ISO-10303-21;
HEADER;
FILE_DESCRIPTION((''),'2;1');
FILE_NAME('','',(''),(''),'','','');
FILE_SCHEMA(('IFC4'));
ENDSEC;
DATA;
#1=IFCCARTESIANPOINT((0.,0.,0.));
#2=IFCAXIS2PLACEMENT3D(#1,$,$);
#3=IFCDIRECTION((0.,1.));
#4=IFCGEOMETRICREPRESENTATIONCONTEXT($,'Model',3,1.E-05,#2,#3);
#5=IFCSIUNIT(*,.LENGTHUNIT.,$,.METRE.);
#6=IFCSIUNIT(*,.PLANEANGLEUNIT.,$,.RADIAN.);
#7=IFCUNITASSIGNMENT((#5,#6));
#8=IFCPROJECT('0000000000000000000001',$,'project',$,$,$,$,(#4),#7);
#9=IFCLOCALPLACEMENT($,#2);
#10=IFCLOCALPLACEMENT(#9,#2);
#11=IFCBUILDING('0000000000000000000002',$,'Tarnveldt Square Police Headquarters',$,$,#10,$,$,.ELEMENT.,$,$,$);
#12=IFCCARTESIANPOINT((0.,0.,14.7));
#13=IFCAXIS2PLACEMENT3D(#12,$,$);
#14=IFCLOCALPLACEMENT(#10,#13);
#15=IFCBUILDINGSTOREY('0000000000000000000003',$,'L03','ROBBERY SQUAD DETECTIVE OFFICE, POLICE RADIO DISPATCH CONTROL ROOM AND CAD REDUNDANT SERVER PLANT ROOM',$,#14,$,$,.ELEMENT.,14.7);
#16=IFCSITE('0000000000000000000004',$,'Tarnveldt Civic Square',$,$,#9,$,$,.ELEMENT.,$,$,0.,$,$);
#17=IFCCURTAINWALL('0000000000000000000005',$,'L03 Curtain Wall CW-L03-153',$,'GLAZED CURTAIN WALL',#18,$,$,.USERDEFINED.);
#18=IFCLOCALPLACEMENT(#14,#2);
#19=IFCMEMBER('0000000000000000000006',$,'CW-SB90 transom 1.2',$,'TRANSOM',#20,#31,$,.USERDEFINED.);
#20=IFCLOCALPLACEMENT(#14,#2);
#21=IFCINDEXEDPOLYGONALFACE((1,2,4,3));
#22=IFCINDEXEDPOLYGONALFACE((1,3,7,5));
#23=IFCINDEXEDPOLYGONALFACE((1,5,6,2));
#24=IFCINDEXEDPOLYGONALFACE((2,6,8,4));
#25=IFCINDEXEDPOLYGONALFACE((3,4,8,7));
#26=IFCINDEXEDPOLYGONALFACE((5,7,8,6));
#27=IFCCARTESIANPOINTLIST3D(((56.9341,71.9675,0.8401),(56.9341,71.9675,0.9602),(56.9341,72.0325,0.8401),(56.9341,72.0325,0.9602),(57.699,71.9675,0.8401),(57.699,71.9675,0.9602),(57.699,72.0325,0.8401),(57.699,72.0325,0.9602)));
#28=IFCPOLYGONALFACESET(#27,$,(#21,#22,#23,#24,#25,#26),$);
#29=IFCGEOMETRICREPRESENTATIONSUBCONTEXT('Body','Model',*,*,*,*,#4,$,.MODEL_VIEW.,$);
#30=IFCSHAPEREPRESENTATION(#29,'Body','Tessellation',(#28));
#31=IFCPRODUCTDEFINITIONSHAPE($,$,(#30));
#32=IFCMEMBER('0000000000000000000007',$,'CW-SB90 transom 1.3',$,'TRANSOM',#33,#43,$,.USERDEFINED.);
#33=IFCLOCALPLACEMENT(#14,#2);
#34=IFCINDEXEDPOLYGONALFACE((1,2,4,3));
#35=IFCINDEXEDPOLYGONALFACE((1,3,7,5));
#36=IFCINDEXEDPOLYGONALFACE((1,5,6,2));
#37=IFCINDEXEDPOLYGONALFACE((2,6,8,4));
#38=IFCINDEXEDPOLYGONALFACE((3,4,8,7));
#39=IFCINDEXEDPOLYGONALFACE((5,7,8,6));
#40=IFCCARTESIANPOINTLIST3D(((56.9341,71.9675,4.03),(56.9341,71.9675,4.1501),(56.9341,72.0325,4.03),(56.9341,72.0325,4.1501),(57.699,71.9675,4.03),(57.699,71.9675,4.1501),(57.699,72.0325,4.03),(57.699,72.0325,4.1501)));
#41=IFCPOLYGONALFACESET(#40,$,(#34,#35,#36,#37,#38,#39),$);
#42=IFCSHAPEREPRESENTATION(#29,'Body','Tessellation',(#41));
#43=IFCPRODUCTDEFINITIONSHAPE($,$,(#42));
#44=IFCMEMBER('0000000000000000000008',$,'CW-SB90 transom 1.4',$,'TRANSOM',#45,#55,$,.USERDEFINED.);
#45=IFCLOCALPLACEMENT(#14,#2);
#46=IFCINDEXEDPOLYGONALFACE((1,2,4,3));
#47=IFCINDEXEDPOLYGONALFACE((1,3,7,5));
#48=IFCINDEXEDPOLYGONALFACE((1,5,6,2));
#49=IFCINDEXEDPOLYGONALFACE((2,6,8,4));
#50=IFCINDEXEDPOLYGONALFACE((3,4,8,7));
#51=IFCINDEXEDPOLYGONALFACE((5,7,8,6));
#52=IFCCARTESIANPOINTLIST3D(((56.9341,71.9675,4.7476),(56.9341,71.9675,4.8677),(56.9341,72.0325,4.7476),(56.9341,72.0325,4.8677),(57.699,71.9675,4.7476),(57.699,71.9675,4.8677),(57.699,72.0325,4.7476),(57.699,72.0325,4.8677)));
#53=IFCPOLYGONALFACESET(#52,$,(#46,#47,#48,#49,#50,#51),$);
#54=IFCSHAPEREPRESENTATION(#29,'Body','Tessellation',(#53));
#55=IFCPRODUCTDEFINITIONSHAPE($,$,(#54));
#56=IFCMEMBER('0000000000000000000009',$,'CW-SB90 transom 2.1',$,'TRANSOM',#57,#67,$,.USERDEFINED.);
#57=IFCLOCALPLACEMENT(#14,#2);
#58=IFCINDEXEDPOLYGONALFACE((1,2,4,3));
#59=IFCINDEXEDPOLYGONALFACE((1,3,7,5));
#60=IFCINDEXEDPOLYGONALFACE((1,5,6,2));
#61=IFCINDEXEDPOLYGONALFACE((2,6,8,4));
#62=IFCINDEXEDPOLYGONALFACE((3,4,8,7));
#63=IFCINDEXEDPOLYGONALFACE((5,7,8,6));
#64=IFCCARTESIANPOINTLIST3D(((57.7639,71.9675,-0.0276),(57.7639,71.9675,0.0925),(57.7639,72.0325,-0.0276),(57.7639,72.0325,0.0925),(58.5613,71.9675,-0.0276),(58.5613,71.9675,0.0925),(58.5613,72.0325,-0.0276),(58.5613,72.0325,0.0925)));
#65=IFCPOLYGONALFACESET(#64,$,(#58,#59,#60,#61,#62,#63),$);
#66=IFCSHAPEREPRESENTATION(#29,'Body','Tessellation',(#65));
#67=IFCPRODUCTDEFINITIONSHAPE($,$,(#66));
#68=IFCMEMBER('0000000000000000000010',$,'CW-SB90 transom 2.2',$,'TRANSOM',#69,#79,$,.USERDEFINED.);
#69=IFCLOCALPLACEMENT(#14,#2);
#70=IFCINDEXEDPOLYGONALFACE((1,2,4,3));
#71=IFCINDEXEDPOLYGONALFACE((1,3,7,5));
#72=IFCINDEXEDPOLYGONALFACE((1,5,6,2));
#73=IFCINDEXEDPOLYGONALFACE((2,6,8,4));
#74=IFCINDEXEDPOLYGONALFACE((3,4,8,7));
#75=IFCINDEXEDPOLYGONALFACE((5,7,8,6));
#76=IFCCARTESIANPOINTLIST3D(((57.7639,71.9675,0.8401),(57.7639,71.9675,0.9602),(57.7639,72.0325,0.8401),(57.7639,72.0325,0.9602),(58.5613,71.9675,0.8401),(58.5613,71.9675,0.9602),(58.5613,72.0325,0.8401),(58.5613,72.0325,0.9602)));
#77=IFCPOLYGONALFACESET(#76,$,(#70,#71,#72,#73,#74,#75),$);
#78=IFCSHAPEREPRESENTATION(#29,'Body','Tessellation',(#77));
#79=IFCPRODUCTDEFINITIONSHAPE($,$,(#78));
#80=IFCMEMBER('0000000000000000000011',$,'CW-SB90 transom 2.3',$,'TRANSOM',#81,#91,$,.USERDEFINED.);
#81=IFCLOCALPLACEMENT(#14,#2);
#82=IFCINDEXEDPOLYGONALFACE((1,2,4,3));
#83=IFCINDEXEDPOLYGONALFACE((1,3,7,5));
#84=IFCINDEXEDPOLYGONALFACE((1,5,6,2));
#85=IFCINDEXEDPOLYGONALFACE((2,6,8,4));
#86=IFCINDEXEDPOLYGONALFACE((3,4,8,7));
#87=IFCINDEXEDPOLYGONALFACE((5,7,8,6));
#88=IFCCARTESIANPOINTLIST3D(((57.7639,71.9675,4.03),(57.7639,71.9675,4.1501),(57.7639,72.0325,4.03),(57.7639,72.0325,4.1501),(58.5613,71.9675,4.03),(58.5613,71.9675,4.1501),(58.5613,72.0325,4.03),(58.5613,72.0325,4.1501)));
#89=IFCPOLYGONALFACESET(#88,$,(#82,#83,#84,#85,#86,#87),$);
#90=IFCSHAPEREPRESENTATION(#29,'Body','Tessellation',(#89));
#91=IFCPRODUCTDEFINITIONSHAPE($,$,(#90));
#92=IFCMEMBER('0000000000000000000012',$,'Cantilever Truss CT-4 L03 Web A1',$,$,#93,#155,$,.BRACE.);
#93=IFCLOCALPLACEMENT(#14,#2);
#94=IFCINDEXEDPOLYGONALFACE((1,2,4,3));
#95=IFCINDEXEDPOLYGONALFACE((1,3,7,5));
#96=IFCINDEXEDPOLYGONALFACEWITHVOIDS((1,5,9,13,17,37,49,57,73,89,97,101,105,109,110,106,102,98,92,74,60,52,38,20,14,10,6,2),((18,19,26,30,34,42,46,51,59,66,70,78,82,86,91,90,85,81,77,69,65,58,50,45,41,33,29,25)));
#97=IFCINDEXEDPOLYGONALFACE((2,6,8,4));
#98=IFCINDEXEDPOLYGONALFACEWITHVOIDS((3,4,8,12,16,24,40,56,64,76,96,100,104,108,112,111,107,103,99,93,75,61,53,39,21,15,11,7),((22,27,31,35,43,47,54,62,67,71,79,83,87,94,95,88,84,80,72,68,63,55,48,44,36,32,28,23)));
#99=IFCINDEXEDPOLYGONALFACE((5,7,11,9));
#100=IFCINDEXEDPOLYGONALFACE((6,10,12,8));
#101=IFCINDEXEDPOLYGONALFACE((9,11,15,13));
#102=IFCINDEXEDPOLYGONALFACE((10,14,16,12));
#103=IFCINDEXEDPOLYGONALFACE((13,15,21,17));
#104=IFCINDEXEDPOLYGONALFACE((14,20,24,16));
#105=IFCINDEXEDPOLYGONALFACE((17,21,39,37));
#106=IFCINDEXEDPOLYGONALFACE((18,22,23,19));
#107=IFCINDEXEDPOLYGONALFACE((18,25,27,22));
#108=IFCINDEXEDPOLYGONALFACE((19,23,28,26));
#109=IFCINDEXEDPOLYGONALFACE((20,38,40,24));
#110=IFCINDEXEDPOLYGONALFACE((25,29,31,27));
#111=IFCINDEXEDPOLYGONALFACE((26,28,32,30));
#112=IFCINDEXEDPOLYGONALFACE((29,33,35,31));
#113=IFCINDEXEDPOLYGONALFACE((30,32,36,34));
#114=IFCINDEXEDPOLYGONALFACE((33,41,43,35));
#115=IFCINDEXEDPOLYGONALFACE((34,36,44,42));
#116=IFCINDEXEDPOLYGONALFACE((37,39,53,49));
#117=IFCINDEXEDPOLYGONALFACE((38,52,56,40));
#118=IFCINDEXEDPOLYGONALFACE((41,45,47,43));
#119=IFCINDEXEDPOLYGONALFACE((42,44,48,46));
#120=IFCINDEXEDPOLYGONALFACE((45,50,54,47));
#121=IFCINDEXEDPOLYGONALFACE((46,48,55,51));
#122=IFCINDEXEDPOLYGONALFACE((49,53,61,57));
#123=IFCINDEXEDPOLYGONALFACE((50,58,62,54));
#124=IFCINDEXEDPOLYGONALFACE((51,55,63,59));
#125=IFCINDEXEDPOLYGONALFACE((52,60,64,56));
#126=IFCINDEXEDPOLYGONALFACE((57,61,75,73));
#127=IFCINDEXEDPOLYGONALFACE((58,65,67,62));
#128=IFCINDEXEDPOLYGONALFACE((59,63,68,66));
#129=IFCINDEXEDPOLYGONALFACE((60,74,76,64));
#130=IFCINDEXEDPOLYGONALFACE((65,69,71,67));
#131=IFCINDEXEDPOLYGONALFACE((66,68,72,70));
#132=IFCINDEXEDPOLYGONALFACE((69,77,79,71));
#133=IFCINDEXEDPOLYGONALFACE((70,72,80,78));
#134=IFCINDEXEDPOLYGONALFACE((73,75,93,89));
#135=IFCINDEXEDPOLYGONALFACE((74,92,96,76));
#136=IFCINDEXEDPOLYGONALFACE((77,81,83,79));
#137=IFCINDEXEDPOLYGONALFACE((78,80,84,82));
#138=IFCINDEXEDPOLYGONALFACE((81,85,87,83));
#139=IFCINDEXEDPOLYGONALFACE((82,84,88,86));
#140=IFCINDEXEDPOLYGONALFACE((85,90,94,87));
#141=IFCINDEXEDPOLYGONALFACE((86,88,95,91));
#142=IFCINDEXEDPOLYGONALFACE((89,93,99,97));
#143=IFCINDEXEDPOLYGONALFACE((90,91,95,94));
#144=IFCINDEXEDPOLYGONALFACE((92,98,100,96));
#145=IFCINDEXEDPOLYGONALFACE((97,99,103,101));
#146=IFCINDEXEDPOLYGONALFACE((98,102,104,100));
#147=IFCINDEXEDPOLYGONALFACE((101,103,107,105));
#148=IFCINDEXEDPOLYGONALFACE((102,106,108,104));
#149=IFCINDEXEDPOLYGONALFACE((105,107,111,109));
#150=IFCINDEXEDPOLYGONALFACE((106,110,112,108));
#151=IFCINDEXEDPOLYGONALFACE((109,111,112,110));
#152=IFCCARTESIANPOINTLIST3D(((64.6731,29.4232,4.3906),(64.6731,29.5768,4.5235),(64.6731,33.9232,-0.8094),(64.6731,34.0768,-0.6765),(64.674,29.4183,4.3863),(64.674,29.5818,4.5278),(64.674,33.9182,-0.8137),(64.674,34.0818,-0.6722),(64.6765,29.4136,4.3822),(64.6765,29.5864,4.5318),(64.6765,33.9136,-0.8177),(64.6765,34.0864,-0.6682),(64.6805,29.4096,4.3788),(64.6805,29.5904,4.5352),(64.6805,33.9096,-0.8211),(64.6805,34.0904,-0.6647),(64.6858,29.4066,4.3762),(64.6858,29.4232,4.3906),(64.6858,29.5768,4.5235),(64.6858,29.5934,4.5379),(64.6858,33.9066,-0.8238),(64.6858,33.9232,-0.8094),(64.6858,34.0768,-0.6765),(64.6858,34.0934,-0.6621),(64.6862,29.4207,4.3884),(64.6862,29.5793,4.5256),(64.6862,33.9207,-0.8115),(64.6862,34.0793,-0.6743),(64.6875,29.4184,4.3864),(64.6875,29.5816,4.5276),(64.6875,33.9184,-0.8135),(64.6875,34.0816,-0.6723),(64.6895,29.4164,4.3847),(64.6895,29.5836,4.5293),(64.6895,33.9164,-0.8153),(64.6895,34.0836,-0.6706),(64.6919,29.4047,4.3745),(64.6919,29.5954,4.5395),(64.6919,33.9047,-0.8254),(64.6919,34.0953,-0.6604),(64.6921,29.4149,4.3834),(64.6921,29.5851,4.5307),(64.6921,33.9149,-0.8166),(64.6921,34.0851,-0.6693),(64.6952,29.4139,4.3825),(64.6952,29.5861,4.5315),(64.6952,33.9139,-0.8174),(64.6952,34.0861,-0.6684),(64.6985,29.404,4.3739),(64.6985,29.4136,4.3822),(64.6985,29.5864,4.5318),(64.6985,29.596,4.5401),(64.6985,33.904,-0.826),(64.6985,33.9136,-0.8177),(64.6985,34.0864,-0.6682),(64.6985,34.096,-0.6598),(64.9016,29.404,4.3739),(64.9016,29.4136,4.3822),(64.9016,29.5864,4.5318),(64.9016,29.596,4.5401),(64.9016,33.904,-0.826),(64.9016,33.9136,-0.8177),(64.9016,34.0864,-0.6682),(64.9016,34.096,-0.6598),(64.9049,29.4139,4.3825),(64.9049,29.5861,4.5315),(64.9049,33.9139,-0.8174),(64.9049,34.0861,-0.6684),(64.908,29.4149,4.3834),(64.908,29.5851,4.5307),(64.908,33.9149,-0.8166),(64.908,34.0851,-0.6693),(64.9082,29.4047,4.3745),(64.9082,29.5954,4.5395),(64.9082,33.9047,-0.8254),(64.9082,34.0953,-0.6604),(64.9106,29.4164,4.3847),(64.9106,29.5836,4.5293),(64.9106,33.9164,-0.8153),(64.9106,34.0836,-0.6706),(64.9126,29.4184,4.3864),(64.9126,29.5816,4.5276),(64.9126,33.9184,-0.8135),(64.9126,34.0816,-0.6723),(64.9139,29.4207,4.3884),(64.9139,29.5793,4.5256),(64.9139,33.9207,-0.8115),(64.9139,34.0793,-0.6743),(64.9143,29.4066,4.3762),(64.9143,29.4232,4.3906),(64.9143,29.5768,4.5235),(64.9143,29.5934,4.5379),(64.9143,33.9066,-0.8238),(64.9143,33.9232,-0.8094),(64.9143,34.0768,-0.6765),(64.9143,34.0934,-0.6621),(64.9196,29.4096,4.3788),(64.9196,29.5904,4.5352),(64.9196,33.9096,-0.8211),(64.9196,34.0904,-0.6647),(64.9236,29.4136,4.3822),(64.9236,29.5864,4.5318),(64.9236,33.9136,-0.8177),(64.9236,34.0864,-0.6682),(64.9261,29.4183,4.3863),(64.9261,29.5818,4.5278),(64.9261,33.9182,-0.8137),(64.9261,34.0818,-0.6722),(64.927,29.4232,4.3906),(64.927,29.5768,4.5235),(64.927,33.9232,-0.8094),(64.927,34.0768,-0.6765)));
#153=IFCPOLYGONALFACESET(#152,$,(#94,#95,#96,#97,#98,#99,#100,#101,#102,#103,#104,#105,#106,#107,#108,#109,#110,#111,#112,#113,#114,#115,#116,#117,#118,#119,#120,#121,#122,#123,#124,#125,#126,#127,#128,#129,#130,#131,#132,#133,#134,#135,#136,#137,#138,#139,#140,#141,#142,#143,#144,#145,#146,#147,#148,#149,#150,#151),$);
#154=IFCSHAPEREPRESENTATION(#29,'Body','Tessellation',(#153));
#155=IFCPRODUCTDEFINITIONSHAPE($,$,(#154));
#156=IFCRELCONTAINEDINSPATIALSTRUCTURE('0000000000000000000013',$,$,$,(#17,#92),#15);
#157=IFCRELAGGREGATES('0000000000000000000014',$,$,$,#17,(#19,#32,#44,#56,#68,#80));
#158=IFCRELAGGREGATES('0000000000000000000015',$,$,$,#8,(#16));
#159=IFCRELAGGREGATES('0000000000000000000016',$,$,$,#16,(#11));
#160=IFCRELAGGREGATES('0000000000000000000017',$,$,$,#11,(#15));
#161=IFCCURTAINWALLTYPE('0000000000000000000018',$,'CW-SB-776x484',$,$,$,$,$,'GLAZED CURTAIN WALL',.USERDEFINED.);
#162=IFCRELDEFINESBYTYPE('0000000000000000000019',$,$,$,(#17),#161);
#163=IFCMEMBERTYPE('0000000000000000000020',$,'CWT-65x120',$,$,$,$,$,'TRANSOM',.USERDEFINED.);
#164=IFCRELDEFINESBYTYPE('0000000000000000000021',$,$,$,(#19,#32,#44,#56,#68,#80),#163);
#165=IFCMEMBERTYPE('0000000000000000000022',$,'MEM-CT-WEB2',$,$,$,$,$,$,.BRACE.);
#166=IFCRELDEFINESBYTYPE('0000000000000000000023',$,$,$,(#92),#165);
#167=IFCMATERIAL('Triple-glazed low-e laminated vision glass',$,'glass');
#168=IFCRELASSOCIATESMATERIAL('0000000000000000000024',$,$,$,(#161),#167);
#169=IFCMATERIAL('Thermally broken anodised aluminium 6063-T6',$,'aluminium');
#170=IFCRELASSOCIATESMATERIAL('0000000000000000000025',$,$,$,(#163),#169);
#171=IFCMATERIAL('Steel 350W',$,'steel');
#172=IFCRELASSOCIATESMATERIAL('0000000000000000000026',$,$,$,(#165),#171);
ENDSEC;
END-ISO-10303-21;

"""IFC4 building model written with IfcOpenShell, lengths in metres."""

from ifc_helpers import new_model, si_unit, direction, frame, origin, origin_2d, place, context, subcontext, project, spatial, rectangle, hollow_rectangle, extrude, material, material_profile, profile_set, type_object, element, aggregate, save


model = new_model("IFC4")

# Units and contexts
model_context = context("Model", 3, precision=1e-05, world=origin(), true_north=direction((0.0, 1.0)))
body_context = subcontext(model_context, "Body", "Model", "MODEL_VIEW")
ifc_project = project(units=[si_unit("LENGTHUNIT", "METRE"), si_unit("PLANEANGLEUNIT", "RADIAN")], contexts=[model_context])

# Site, building, storey
site_placement = place(None, origin())
site = spatial("IfcSite", under=ifc_project, at=site_placement, Name="Tarnveldt Civic Square", CompositionType="ELEMENT", RefElevation=0.0)
building_placement = place(site_placement, origin())
building = spatial("IfcBuilding", under=site, at=building_placement, Name="Tarnveldt Square Police Headquarters", CompositionType="ELEMENT")
storey_placement = place(building_placement, frame((0.0, 0.0, 14.7)))
storey = spatial("IfcBuildingStorey", under=building, at=storey_placement, Name="L03", Description="ROBBERY SQUAD DETECTIVE OFFICE, POLICE RADIO DISPATCH CONTROL ROOM AND CAD REDUNDANT SERVER PLANT ROOM", CompositionType="ELEMENT", Elevation=14.7)

# Shared definitions
ifc_material_1 = material(Name="Steel 350W", Category="steel")

# Curtain wall, members
ifc_material_2 = material(Name="Triple-glazed low-e laminated vision glass", Category="glass")
curtain_wall_type = type_object("IfcCurtainWallType", Name="CW-SB-776x484", ElementType="GLAZED CURTAIN WALL", PredefinedType="USERDEFINED", material=ifc_material_2)
curtain_wall_placement = place(storey_placement, origin())
curtain_wall = element("IfcCurtainWall", 1, at=curtain_wall_placement, inside=storey, type_object=curtain_wall_type, Name="L03 Curtain Wall CW-L03-153", ObjectType="GLAZED CURTAIN WALL", PredefinedType="USERDEFINED")
ifc_material_3 = material(Name="Thermally broken anodised aluminium 6063-T6", Category="aluminium")
ifc_material_profile_1 = material_profile(ifc_material_3, rectangle(XDim=0.0649, YDim=0.1201, at=origin_2d()), Name="CW-T65x120")
ifc_profile_set_1 = profile_set([ifc_material_profile_1], Name="Thermally broken anodised aluminium 6063-T6")
member_type_1 = type_object("IfcMemberType", Name="CWT-65x120", ElementType="TRANSOM", PredefinedType="USERDEFINED", material=ifc_profile_set_1)
member_1_placement = place(storey_placement, frame((56.9341, 72.0, 0.9001), z_axis=(1.0, 0.0, 0.0), x_axis=(0.0, 1.0, 0.0)))
member_1 = element("IfcMember", 2, at=member_1_placement, type_object=member_type_1, Name="CW-SB90 transom 1.2", ObjectType="TRANSOM", PredefinedType="USERDEFINED", context=body_context, shape_type="SweptSolid", body=[
    extrude(rectangle(XDim=0.0649, YDim=0.1201, at=origin_2d()), origin(), (0.0, 0.0, 1.0), 0.7649),
])
member_2_placement = place(storey_placement, frame((56.9341, 72.0, 4.0901), z_axis=(1.0, 0.0, 0.0), x_axis=(0.0, 1.0, 0.0)))
member_2 = element("IfcMember", 3, at=member_2_placement, type_object=member_type_1, Name="CW-SB90 transom 1.3", ObjectType="TRANSOM", PredefinedType="USERDEFINED", context=body_context, shape_type="SweptSolid", body=[
    extrude(rectangle(XDim=0.0649, YDim=0.1201, at=origin_2d()), origin(), (0.0, 0.0, 1.0), 0.7649),
])
member_3_placement = place(storey_placement, frame((56.9341, 72.0, 4.8076), z_axis=(1.0, 0.0, 0.0), x_axis=(0.0, 1.0, 0.0)))
member_3 = element("IfcMember", 4, at=member_3_placement, type_object=member_type_1, Name="CW-SB90 transom 1.4", ObjectType="TRANSOM", PredefinedType="USERDEFINED", context=body_context, shape_type="SweptSolid", body=[
    extrude(rectangle(XDim=0.0649, YDim=0.1201, at=origin_2d()), origin(), (0.0, 0.0, 1.0), 0.7649),
])
member_4_placement = place(storey_placement, frame((57.7639, 72.0, 0.0325), z_axis=(1.0, 0.0, 0.0), x_axis=(0.0, 1.0, 0.0)))
member_4 = element("IfcMember", 5, at=member_4_placement, type_object=member_type_1, Name="CW-SB90 transom 2.1", ObjectType="TRANSOM", PredefinedType="USERDEFINED", context=body_context, shape_type="SweptSolid", body=[
    extrude(rectangle(XDim=0.0649, YDim=0.1201, at=origin_2d()), origin(), (0.0, 0.0, 1.0), 0.7974),
])
member_5_placement = place(storey_placement, frame((57.7639, 72.0, 0.9001), z_axis=(1.0, 0.0, 0.0), x_axis=(0.0, 1.0, 0.0)))
member_5 = element("IfcMember", 6, at=member_5_placement, type_object=member_type_1, Name="CW-SB90 transom 2.2", ObjectType="TRANSOM", PredefinedType="USERDEFINED", context=body_context, shape_type="SweptSolid", body=[
    extrude(rectangle(XDim=0.0649, YDim=0.1201, at=origin_2d()), origin(), (0.0, 0.0, 1.0), 0.7974),
])
member_6_placement = place(storey_placement, frame((57.7639, 72.0, 4.0901), z_axis=(1.0, 0.0, 0.0), x_axis=(0.0, 1.0, 0.0)))
member_6 = element("IfcMember", 7, at=member_6_placement, type_object=member_type_1, Name="CW-SB90 transom 2.3", ObjectType="TRANSOM", PredefinedType="USERDEFINED", context=body_context, shape_type="SweptSolid", body=[
    extrude(rectangle(XDim=0.0649, YDim=0.1201, at=origin_2d()), origin(), (0.0, 0.0, 1.0), 0.7974),
])

# Member
ifc_material_profile_2 = material_profile(ifc_material_1, hollow_rectangle(XDim=0.2539, YDim=0.2539, WallThickness=0.0127, InnerFilletRadius=0.0127, OuterFilletRadius=0.0254, at=origin_2d()), Name="HSS254x254x13")
ifc_profile_set_2 = profile_set([ifc_material_profile_2], Name="Steel 350W")
member_type_2 = type_object("IfcMemberType", Name="MEM-CT-WEB2", PredefinedType="BRACE", material=ifc_profile_set_2)
member_7_placement = place(storey_placement, frame((64.8, 34.0, -0.7429), z_axis=(0.0, -0.65438, 0.756166), x_axis=(1.0, 0.0, 0.0)))
element("IfcMember", 8, at=member_7_placement, inside=storey, type_object=member_type_2, Name="Cantilever Truss CT-4 L03 Web A1", PredefinedType="BRACE", context=body_context, shape_type="SweptSolid", body=[
    extrude(hollow_rectangle(XDim=0.2539, YDim=0.2539, WallThickness=0.0127, InnerFilletRadius=0.0127, OuterFilletRadius=0.0254, at=origin_2d()), origin(), (0.0, 0.0, 1.0), 6.8767),
])

aggregate(curtain_wall, [member_1, member_2, member_3, member_4, member_5, member_6])

save(model, "model.ifc")
